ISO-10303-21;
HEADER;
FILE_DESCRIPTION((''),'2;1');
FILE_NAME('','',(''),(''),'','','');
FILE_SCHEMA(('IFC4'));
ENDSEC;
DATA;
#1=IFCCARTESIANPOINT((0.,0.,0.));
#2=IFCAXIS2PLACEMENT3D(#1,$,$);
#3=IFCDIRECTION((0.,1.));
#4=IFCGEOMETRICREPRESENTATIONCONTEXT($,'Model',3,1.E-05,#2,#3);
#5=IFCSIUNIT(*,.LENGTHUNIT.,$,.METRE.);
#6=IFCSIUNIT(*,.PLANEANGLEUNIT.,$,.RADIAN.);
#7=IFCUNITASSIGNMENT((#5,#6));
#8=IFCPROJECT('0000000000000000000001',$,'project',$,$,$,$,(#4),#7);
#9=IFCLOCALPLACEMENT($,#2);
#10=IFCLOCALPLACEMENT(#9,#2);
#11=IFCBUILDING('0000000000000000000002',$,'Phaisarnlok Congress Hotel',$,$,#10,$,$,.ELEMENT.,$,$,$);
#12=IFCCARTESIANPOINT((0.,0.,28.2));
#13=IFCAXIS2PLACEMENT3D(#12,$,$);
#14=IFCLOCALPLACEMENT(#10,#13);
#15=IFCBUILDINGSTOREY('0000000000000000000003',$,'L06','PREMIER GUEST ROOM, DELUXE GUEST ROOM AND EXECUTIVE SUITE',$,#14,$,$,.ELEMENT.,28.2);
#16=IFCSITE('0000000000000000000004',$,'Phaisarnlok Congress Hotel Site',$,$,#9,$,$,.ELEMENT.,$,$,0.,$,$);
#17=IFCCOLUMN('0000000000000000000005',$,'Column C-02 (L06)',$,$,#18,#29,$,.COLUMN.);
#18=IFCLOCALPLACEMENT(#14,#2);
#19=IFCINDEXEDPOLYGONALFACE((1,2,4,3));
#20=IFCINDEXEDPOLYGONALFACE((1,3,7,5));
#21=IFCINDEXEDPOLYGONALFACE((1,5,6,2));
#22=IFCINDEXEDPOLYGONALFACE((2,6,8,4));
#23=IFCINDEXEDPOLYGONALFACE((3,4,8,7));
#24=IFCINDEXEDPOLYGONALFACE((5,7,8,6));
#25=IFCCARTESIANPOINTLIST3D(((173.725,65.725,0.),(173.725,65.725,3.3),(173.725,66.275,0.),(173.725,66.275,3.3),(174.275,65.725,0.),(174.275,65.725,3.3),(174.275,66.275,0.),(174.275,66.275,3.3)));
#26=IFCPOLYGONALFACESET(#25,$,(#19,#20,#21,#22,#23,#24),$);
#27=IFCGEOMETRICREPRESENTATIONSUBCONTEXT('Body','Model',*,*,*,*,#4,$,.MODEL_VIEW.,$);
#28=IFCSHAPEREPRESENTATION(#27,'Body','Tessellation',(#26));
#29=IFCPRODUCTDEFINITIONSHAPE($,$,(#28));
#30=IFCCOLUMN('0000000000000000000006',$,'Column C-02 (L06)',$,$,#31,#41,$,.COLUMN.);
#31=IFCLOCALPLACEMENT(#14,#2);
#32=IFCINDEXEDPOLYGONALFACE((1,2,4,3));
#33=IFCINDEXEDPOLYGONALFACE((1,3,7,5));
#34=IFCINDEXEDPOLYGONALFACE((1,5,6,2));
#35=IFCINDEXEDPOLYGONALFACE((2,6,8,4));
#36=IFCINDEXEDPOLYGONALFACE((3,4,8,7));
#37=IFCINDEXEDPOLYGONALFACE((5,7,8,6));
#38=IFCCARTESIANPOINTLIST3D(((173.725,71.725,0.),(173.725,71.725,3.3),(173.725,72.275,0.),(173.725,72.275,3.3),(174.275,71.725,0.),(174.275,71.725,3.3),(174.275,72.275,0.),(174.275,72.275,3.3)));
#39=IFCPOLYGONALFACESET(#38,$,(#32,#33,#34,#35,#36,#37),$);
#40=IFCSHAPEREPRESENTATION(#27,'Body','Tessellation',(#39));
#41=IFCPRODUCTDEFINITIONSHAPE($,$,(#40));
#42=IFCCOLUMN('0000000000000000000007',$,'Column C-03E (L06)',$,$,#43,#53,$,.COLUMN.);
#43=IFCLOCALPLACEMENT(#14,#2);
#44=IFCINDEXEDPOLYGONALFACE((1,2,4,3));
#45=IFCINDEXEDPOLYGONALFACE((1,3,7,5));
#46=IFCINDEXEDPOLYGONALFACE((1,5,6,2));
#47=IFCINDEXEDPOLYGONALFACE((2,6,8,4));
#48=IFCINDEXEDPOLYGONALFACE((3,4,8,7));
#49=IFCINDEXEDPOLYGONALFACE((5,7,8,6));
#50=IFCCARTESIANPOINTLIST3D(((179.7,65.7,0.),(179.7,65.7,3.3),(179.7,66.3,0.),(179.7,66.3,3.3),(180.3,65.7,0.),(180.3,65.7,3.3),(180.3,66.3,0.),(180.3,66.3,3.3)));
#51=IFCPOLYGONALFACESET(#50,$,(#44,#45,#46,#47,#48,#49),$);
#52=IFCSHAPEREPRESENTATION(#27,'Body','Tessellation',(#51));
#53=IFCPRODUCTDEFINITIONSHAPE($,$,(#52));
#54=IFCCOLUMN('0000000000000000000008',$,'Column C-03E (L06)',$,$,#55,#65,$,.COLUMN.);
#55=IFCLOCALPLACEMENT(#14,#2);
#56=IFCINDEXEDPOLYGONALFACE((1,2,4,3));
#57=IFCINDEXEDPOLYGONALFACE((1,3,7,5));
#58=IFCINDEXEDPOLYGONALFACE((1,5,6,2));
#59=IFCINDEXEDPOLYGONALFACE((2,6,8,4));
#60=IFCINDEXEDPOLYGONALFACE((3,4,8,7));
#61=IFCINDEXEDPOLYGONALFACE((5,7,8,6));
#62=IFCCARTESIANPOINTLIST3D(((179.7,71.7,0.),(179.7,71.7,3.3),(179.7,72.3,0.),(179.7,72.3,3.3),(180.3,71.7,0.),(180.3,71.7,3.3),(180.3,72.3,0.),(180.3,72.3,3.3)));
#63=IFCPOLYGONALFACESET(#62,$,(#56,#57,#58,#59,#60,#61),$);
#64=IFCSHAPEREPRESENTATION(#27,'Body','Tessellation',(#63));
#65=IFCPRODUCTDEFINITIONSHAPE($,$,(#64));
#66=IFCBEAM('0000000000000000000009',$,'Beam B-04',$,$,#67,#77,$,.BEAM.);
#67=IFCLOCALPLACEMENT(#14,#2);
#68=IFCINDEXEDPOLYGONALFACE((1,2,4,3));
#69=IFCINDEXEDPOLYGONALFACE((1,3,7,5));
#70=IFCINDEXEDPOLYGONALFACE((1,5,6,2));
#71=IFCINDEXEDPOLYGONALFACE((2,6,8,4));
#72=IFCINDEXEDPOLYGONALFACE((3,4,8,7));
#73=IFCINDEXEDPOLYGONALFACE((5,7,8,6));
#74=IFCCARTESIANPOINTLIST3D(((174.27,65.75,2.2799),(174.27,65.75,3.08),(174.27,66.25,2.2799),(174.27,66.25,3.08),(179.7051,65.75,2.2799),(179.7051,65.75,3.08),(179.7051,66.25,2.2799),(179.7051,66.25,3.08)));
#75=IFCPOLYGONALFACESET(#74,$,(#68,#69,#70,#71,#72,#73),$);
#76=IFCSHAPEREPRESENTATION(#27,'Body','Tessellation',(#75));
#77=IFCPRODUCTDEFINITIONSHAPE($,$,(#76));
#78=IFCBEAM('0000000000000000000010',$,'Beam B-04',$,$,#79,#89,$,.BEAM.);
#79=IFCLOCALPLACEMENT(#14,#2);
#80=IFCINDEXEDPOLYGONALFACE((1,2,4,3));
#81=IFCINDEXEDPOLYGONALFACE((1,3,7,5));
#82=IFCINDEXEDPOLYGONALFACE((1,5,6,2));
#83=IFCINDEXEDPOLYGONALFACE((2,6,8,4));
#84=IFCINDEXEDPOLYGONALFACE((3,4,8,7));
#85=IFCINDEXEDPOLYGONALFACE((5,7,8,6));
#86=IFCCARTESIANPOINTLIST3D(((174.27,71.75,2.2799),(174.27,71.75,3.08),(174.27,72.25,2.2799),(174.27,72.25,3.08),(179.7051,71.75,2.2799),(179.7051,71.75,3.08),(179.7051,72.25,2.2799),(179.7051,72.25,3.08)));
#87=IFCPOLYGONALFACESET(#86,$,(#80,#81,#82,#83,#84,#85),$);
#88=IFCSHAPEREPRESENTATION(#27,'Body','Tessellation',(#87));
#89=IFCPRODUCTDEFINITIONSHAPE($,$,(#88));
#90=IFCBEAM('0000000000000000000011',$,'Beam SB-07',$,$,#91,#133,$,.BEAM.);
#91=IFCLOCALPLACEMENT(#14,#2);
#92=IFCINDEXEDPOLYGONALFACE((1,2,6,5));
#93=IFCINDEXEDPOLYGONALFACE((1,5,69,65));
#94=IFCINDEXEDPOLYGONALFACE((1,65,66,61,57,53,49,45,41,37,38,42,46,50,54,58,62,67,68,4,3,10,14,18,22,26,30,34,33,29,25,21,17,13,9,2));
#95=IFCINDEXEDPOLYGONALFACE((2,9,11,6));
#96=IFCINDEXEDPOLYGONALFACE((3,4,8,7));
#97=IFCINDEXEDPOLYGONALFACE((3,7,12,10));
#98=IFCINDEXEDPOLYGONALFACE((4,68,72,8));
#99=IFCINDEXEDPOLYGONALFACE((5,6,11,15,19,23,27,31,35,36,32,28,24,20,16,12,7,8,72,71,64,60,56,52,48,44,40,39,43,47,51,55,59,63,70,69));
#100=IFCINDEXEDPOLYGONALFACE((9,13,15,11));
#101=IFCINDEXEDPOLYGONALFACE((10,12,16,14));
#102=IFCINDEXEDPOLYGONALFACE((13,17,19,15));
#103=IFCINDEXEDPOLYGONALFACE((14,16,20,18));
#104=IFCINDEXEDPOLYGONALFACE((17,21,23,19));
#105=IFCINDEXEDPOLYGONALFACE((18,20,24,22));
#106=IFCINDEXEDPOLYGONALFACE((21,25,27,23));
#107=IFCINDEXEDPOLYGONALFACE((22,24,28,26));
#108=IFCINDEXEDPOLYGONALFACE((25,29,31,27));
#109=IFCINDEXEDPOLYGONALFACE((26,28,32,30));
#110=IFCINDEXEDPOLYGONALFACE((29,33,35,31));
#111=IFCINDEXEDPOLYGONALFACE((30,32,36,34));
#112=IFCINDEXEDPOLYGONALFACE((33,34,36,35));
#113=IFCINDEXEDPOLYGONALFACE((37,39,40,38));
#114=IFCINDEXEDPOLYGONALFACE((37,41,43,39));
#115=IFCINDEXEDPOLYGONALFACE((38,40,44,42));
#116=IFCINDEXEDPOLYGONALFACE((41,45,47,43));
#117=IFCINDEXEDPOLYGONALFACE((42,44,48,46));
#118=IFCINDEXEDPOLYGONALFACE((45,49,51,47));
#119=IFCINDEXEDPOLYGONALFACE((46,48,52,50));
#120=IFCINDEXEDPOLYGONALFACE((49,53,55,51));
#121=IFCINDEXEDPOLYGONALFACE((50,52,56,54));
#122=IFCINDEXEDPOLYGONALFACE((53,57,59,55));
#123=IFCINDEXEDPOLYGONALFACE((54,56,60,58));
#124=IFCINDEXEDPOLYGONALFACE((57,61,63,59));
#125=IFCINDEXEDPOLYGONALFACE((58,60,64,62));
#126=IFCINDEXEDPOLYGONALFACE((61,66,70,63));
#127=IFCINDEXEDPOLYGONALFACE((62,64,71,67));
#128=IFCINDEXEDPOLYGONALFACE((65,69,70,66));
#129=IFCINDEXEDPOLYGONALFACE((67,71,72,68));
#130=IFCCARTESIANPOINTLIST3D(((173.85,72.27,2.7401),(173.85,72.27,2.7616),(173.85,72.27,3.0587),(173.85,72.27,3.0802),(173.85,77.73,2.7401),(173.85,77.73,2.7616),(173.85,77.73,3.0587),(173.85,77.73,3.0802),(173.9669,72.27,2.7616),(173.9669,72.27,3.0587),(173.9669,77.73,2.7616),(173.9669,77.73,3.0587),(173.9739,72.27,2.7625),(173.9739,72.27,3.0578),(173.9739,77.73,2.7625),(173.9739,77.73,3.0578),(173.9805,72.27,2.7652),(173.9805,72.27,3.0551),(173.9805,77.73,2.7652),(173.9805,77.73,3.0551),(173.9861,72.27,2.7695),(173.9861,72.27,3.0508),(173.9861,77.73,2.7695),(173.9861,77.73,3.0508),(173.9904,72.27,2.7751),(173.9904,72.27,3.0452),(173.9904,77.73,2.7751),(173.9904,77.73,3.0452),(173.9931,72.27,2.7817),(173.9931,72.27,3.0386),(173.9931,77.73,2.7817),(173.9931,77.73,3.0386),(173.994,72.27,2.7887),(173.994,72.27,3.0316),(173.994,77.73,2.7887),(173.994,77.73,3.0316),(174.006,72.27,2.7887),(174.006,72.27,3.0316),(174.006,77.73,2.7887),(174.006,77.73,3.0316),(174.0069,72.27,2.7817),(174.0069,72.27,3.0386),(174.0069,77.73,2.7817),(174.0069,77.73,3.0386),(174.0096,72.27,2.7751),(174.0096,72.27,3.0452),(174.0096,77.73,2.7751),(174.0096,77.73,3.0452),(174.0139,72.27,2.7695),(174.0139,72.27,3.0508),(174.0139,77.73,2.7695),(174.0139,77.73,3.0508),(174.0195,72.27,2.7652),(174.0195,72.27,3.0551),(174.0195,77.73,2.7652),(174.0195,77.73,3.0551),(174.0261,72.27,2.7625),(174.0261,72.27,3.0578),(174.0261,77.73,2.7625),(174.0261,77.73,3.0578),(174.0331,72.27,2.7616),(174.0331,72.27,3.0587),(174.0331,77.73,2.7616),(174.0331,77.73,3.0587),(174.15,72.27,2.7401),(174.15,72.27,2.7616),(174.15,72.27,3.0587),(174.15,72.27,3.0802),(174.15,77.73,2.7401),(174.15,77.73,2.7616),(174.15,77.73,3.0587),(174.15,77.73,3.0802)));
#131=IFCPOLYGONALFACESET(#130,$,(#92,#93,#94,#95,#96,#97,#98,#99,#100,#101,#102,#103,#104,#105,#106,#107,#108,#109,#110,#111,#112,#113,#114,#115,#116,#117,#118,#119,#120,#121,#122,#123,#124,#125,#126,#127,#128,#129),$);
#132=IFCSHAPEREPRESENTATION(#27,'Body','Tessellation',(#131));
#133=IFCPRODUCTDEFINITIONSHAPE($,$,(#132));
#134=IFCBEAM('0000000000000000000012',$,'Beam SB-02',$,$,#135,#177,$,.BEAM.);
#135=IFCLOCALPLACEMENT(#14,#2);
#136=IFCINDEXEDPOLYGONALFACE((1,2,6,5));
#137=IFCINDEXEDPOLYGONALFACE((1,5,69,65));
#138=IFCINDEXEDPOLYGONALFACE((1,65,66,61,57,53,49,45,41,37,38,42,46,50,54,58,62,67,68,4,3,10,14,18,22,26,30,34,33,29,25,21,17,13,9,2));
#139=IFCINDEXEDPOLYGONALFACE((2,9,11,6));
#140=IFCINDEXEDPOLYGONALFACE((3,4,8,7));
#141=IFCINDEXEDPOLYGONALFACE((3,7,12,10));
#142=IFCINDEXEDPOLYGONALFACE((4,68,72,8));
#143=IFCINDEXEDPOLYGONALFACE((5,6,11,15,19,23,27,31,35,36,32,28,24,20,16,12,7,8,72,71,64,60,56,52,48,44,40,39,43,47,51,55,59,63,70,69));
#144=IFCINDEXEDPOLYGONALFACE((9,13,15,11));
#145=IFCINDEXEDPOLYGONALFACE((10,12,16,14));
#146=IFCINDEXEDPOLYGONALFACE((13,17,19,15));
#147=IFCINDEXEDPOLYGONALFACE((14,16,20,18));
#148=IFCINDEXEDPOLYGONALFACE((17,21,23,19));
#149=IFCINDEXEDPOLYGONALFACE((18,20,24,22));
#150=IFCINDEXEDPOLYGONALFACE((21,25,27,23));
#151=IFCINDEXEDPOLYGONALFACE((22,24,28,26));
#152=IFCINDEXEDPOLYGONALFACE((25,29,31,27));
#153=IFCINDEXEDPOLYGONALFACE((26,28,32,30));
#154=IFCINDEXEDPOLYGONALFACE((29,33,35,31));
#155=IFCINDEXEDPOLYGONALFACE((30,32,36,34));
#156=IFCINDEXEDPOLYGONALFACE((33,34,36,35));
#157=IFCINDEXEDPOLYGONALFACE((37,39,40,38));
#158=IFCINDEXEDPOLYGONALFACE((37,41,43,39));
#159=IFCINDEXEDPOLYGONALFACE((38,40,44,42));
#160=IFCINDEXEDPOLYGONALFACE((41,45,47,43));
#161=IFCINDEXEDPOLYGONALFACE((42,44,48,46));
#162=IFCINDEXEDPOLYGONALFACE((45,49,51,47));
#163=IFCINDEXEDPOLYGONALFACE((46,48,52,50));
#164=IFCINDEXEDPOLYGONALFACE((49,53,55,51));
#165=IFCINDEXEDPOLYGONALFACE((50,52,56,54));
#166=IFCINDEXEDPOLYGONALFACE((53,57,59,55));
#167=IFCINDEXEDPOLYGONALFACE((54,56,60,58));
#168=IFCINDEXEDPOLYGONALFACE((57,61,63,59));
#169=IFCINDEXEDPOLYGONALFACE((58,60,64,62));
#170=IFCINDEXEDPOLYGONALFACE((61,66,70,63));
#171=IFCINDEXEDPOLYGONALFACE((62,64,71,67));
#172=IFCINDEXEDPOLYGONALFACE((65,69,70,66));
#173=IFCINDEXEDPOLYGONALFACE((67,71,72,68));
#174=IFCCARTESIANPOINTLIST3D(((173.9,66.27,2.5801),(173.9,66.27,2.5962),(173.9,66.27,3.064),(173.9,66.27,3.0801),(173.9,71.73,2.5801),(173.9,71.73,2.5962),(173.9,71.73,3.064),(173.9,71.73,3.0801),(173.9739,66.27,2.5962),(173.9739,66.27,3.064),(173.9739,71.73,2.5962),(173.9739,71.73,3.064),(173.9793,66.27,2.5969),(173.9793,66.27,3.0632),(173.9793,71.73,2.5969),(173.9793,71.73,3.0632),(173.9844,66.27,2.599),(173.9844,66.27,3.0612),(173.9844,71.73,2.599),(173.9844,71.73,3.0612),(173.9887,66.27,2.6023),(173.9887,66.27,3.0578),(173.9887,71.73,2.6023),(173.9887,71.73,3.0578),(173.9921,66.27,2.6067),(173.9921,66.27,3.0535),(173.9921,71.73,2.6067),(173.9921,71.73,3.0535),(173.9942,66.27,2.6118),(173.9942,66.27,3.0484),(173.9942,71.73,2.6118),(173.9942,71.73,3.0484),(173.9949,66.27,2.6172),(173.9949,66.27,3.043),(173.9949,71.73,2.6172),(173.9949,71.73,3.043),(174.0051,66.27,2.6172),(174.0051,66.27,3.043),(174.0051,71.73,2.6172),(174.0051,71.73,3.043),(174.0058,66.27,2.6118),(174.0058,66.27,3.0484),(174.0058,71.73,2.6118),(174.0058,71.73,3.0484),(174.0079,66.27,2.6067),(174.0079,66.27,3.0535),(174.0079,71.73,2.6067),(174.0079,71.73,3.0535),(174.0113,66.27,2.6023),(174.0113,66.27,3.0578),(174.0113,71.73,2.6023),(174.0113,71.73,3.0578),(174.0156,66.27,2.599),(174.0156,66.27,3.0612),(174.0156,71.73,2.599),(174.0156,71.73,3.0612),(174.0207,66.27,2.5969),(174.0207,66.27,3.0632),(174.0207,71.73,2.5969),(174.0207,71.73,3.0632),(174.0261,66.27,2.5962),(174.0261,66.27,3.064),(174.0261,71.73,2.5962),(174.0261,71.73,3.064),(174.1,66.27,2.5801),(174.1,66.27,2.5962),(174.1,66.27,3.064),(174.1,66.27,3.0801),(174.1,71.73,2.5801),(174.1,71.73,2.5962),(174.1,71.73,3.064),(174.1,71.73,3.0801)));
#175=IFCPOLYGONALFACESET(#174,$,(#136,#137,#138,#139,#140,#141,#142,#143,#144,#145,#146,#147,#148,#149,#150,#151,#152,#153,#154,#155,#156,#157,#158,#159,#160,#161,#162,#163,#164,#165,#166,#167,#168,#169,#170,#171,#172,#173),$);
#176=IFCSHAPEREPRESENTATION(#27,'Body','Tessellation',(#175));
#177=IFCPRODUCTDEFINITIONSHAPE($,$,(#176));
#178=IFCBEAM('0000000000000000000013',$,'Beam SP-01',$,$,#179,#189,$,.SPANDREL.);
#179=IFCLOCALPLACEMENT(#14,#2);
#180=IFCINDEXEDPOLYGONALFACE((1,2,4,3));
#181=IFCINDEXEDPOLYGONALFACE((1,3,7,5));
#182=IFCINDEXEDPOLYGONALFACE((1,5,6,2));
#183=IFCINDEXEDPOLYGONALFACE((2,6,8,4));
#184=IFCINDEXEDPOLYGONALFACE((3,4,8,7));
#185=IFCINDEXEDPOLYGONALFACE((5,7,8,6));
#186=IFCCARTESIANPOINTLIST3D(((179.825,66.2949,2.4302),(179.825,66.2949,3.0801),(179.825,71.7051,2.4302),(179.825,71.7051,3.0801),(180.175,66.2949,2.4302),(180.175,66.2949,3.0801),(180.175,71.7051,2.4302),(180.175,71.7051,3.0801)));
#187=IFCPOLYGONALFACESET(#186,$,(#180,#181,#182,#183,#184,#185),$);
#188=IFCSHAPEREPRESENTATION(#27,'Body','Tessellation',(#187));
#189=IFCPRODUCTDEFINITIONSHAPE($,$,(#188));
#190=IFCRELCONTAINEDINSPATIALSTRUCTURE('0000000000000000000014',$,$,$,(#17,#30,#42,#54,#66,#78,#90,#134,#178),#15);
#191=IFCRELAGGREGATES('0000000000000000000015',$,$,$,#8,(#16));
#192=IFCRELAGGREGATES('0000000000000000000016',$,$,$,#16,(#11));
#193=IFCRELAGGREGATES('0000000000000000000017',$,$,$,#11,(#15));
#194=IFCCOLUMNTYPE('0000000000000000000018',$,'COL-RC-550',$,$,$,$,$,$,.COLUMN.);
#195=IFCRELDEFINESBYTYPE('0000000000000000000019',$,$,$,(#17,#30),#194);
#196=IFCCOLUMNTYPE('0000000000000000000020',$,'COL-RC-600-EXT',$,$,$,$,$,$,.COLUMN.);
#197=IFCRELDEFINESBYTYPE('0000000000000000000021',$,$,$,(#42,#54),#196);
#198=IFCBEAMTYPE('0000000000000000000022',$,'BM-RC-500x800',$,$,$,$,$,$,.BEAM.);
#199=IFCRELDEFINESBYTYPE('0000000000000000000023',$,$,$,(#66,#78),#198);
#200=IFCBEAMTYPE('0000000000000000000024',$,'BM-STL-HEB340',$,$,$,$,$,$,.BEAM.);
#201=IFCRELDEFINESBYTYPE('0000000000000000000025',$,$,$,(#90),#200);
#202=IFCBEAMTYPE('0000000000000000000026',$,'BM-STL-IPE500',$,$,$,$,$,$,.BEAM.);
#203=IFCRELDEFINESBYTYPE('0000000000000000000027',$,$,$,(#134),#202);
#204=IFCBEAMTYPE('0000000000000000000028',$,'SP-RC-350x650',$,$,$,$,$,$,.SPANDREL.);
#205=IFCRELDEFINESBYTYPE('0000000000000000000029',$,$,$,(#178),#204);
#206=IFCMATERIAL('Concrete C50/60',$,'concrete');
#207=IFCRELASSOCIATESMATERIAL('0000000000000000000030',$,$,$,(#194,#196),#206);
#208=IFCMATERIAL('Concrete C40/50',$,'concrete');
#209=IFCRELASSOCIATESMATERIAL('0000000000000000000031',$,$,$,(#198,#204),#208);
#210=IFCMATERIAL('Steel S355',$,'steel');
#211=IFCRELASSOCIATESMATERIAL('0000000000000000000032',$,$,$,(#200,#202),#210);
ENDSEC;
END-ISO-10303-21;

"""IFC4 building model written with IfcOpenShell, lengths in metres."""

from ifc_helpers import new_model, si_unit, direction, frame, origin, origin_2d, place, context, subcontext, project, spatial, rectangle, i_section, extrude, material, material_profile, profile_set, type_object, element, save


model = new_model("IFC4")

# Units and contexts
model_context = context("Model", 3, precision=1e-05, world=origin(), true_north=direction((0.0, 1.0)))
body_context = subcontext(model_context, "Body", "Model", "MODEL_VIEW")
ifc_project = project(units=[si_unit("LENGTHUNIT", "METRE"), si_unit("PLANEANGLEUNIT", "RADIAN")], contexts=[model_context])

# Site, building, storey
site_placement = place(None, origin())
site = spatial("IfcSite", under=ifc_project, at=site_placement, Name="Phaisarnlok Congress Hotel Site", CompositionType="ELEMENT", RefElevation=0.0)
building_placement = place(site_placement, origin())
building = spatial("IfcBuilding", under=site, at=building_placement, Name="Phaisarnlok Congress Hotel", CompositionType="ELEMENT")
storey_placement = place(building_placement, frame((0.0, 0.0, 28.2)))
storey = spatial("IfcBuildingStorey", under=building, at=storey_placement, Name="L06", Description="PREMIER GUEST ROOM, DELUXE GUEST ROOM AND EXECUTIVE SUITE", CompositionType="ELEMENT", Elevation=28.2)

# Columns
ifc_material_1 = material(Name="Concrete C50/60", Category="concrete")
ifc_material_profile_1 = material_profile(ifc_material_1, rectangle(XDim=0.55, YDim=0.55, at=origin_2d()), Name="RC 550x550")
ifc_profile_set_1 = profile_set([ifc_material_profile_1], Name="Concrete C50/60")
column_type_1 = type_object("IfcColumnType", Name="COL-RC-550", PredefinedType="COLUMN", material=ifc_profile_set_1)
for number, where, z_axis, x_axis, name in (
    (1, (174.0, 66.0, 0.0), (0.0, 0.0, 1.0), (1.0, 0.0, 0.0), "Column C-02 (L06)"),
    (2, (174.0, 72.0, 0.0), (0.0, 0.0, 1.0), (1.0, 0.0, 0.0), "Column C-02 (L06)"),
):
    element("IfcColumn", number, at=place(storey_placement, frame(where, z_axis=z_axis, x_axis=x_axis)), inside=storey, type_object=column_type_1, Name=name, PredefinedType="COLUMN", context=body_context, shape_type="SweptSolid", body=[
        extrude(rectangle(XDim=0.55, YDim=0.55, at=origin_2d()), origin(), (0.0, 0.0, 1.0), 3.3),
    ])
ifc_material_profile_2 = material_profile(ifc_material_1, rectangle(XDim=0.6001, YDim=0.6001, at=origin_2d()), Name="RC 600x600")
ifc_profile_set_2 = profile_set([ifc_material_profile_2], Name="Concrete C50/60")
column_type_2 = type_object("IfcColumnType", Name="COL-RC-600-EXT", PredefinedType="COLUMN", material=ifc_profile_set_2)
for number, where, z_axis, x_axis, name in (
    (3, (180.0, 66.0, 0.0), (0.0, 0.0, 1.0), (1.0, 0.0, 0.0), "Column C-03E (L06)"),
    (4, (180.0, 72.0, 0.0), (0.0, 0.0, 1.0), (1.0, 0.0, 0.0), "Column C-03E (L06)"),
):
    element("IfcColumn", number, at=place(storey_placement, frame(where, z_axis=z_axis, x_axis=x_axis)), inside=storey, type_object=column_type_2, Name=name, PredefinedType="COLUMN", context=body_context, shape_type="SweptSolid", body=[
        extrude(rectangle(XDim=0.6001, YDim=0.6001, at=origin_2d()), origin(), (0.0, 0.0, 1.0), 3.3),
    ])

# Beams
ifc_material_2 = material(Name="Concrete C40/50", Category="concrete")
ifc_material_profile_3 = material_profile(ifc_material_2, rectangle(XDim=0.5, YDim=0.8, at=origin_2d()), Name="RC 500x800")
ifc_profile_set_3 = profile_set([ifc_material_profile_3], Name="Concrete C40/50")
beam_type_1 = type_object("IfcBeamType", Name="BM-RC-500x800", PredefinedType="BEAM", material=ifc_profile_set_3)
for number, where, z_axis, x_axis, name in (
    (5, (174.27, 66.0, 2.6799), (1.0, 0.0, 0.0), (0.0, 1.0, 0.0), "Beam B-04"),
    (6, (174.27, 72.0, 2.6799), (1.0, 0.0, 0.0), (0.0, 1.0, 0.0), "Beam B-04"),
):
    element("IfcBeam", number, at=place(storey_placement, frame(where, z_axis=z_axis, x_axis=x_axis)), inside=storey, type_object=beam_type_1, Name=name, PredefinedType="BEAM", context=body_context, shape_type="SweptSolid", body=[
        extrude(rectangle(XDim=0.5, YDim=0.8, at=origin_2d()), origin(), (0.0, 0.0, 1.0), 5.4351),
    ])
ifc_material_3 = material(Name="Steel S355", Category="steel")
ifc_material_profile_4 = material_profile(ifc_material_3, i_section(OverallWidth=0.3, OverallDepth=0.3401, WebThickness=0.012, FlangeThickness=0.0215, FilletRadius=0.0271, at=origin_2d()), Name="HEB 340")
ifc_profile_set_4 = profile_set([ifc_material_profile_4], Name="Steel S355")
beam_type_2 = type_object("IfcBeamType", Name="BM-STL-HEB340", PredefinedType="BEAM", material=ifc_profile_set_4)
beam_1_placement = place(storey_placement, frame((174.0, 72.27, 2.9102), z_axis=(0.0, 1.0, 0.0), x_axis=(-1.0, 0.0, 0.0)))
element("IfcBeam", 7, at=beam_1_placement, inside=storey, type_object=beam_type_2, Name="Beam SB-07", PredefinedType="BEAM", context=body_context, shape_type="SweptSolid", body=[
    extrude(i_section(OverallWidth=0.3, OverallDepth=0.3401, WebThickness=0.012, FlangeThickness=0.0215, FilletRadius=0.0271, at=origin_2d()), origin(), (0.0, 0.0, 1.0), 5.46),
])
ifc_material_profile_5 = material_profile(ifc_material_3, i_section(OverallWidth=0.2, OverallDepth=0.5, WebThickness=0.0103, FlangeThickness=0.0161, FilletRadius=0.021, at=origin_2d()), Name="IPE 500")
ifc_profile_set_5 = profile_set([ifc_material_profile_5], Name="Steel S355")
beam_type_3 = type_object("IfcBeamType", Name="BM-STL-IPE500", PredefinedType="BEAM", material=ifc_profile_set_5)
beam_2_placement = place(storey_placement, frame((174.0, 66.27, 2.8301), z_axis=(0.0, 1.0, 0.0), x_axis=(-1.0, 0.0, 0.0)))
element("IfcBeam", 8, at=beam_2_placement, inside=storey, type_object=beam_type_3, Name="Beam SB-02", PredefinedType="BEAM", context=body_context, shape_type="SweptSolid", body=[
    extrude(i_section(OverallWidth=0.2, OverallDepth=0.5, WebThickness=0.0103, FlangeThickness=0.0161, FilletRadius=0.021, at=origin_2d()), origin(), (0.0, 0.0, 1.0), 5.46),
])
ifc_material_profile_6 = material_profile(ifc_material_2, rectangle(XDim=0.3501, YDim=0.6499, at=origin_2d()), Name="RC 350x650")
ifc_profile_set_6 = profile_set([ifc_material_profile_6], Name="Concrete C40/50")
beam_type_4 = type_object("IfcBeamType", Name="SP-RC-350x650", PredefinedType="SPANDREL", material=ifc_profile_set_6)
for number, where, z_axis, x_axis, name in (
    (9, (180.0, 66.2949, 2.7551), (0.0, 1.0, 0.0), (-1.0, 0.0, 0.0), "Beam SP-01"),
):
    element("IfcBeam", number, at=place(storey_placement, frame(where, z_axis=z_axis, x_axis=x_axis)), inside=storey, type_object=beam_type_4, Name=name, PredefinedType="SPANDREL", context=body_context, shape_type="SweptSolid", body=[
        extrude(rectangle(XDim=0.3501, YDim=0.6499, at=origin_2d()), origin(), (0.0, 0.0, 1.0), 5.4102),
    ])

save(model, "model.ifc")
